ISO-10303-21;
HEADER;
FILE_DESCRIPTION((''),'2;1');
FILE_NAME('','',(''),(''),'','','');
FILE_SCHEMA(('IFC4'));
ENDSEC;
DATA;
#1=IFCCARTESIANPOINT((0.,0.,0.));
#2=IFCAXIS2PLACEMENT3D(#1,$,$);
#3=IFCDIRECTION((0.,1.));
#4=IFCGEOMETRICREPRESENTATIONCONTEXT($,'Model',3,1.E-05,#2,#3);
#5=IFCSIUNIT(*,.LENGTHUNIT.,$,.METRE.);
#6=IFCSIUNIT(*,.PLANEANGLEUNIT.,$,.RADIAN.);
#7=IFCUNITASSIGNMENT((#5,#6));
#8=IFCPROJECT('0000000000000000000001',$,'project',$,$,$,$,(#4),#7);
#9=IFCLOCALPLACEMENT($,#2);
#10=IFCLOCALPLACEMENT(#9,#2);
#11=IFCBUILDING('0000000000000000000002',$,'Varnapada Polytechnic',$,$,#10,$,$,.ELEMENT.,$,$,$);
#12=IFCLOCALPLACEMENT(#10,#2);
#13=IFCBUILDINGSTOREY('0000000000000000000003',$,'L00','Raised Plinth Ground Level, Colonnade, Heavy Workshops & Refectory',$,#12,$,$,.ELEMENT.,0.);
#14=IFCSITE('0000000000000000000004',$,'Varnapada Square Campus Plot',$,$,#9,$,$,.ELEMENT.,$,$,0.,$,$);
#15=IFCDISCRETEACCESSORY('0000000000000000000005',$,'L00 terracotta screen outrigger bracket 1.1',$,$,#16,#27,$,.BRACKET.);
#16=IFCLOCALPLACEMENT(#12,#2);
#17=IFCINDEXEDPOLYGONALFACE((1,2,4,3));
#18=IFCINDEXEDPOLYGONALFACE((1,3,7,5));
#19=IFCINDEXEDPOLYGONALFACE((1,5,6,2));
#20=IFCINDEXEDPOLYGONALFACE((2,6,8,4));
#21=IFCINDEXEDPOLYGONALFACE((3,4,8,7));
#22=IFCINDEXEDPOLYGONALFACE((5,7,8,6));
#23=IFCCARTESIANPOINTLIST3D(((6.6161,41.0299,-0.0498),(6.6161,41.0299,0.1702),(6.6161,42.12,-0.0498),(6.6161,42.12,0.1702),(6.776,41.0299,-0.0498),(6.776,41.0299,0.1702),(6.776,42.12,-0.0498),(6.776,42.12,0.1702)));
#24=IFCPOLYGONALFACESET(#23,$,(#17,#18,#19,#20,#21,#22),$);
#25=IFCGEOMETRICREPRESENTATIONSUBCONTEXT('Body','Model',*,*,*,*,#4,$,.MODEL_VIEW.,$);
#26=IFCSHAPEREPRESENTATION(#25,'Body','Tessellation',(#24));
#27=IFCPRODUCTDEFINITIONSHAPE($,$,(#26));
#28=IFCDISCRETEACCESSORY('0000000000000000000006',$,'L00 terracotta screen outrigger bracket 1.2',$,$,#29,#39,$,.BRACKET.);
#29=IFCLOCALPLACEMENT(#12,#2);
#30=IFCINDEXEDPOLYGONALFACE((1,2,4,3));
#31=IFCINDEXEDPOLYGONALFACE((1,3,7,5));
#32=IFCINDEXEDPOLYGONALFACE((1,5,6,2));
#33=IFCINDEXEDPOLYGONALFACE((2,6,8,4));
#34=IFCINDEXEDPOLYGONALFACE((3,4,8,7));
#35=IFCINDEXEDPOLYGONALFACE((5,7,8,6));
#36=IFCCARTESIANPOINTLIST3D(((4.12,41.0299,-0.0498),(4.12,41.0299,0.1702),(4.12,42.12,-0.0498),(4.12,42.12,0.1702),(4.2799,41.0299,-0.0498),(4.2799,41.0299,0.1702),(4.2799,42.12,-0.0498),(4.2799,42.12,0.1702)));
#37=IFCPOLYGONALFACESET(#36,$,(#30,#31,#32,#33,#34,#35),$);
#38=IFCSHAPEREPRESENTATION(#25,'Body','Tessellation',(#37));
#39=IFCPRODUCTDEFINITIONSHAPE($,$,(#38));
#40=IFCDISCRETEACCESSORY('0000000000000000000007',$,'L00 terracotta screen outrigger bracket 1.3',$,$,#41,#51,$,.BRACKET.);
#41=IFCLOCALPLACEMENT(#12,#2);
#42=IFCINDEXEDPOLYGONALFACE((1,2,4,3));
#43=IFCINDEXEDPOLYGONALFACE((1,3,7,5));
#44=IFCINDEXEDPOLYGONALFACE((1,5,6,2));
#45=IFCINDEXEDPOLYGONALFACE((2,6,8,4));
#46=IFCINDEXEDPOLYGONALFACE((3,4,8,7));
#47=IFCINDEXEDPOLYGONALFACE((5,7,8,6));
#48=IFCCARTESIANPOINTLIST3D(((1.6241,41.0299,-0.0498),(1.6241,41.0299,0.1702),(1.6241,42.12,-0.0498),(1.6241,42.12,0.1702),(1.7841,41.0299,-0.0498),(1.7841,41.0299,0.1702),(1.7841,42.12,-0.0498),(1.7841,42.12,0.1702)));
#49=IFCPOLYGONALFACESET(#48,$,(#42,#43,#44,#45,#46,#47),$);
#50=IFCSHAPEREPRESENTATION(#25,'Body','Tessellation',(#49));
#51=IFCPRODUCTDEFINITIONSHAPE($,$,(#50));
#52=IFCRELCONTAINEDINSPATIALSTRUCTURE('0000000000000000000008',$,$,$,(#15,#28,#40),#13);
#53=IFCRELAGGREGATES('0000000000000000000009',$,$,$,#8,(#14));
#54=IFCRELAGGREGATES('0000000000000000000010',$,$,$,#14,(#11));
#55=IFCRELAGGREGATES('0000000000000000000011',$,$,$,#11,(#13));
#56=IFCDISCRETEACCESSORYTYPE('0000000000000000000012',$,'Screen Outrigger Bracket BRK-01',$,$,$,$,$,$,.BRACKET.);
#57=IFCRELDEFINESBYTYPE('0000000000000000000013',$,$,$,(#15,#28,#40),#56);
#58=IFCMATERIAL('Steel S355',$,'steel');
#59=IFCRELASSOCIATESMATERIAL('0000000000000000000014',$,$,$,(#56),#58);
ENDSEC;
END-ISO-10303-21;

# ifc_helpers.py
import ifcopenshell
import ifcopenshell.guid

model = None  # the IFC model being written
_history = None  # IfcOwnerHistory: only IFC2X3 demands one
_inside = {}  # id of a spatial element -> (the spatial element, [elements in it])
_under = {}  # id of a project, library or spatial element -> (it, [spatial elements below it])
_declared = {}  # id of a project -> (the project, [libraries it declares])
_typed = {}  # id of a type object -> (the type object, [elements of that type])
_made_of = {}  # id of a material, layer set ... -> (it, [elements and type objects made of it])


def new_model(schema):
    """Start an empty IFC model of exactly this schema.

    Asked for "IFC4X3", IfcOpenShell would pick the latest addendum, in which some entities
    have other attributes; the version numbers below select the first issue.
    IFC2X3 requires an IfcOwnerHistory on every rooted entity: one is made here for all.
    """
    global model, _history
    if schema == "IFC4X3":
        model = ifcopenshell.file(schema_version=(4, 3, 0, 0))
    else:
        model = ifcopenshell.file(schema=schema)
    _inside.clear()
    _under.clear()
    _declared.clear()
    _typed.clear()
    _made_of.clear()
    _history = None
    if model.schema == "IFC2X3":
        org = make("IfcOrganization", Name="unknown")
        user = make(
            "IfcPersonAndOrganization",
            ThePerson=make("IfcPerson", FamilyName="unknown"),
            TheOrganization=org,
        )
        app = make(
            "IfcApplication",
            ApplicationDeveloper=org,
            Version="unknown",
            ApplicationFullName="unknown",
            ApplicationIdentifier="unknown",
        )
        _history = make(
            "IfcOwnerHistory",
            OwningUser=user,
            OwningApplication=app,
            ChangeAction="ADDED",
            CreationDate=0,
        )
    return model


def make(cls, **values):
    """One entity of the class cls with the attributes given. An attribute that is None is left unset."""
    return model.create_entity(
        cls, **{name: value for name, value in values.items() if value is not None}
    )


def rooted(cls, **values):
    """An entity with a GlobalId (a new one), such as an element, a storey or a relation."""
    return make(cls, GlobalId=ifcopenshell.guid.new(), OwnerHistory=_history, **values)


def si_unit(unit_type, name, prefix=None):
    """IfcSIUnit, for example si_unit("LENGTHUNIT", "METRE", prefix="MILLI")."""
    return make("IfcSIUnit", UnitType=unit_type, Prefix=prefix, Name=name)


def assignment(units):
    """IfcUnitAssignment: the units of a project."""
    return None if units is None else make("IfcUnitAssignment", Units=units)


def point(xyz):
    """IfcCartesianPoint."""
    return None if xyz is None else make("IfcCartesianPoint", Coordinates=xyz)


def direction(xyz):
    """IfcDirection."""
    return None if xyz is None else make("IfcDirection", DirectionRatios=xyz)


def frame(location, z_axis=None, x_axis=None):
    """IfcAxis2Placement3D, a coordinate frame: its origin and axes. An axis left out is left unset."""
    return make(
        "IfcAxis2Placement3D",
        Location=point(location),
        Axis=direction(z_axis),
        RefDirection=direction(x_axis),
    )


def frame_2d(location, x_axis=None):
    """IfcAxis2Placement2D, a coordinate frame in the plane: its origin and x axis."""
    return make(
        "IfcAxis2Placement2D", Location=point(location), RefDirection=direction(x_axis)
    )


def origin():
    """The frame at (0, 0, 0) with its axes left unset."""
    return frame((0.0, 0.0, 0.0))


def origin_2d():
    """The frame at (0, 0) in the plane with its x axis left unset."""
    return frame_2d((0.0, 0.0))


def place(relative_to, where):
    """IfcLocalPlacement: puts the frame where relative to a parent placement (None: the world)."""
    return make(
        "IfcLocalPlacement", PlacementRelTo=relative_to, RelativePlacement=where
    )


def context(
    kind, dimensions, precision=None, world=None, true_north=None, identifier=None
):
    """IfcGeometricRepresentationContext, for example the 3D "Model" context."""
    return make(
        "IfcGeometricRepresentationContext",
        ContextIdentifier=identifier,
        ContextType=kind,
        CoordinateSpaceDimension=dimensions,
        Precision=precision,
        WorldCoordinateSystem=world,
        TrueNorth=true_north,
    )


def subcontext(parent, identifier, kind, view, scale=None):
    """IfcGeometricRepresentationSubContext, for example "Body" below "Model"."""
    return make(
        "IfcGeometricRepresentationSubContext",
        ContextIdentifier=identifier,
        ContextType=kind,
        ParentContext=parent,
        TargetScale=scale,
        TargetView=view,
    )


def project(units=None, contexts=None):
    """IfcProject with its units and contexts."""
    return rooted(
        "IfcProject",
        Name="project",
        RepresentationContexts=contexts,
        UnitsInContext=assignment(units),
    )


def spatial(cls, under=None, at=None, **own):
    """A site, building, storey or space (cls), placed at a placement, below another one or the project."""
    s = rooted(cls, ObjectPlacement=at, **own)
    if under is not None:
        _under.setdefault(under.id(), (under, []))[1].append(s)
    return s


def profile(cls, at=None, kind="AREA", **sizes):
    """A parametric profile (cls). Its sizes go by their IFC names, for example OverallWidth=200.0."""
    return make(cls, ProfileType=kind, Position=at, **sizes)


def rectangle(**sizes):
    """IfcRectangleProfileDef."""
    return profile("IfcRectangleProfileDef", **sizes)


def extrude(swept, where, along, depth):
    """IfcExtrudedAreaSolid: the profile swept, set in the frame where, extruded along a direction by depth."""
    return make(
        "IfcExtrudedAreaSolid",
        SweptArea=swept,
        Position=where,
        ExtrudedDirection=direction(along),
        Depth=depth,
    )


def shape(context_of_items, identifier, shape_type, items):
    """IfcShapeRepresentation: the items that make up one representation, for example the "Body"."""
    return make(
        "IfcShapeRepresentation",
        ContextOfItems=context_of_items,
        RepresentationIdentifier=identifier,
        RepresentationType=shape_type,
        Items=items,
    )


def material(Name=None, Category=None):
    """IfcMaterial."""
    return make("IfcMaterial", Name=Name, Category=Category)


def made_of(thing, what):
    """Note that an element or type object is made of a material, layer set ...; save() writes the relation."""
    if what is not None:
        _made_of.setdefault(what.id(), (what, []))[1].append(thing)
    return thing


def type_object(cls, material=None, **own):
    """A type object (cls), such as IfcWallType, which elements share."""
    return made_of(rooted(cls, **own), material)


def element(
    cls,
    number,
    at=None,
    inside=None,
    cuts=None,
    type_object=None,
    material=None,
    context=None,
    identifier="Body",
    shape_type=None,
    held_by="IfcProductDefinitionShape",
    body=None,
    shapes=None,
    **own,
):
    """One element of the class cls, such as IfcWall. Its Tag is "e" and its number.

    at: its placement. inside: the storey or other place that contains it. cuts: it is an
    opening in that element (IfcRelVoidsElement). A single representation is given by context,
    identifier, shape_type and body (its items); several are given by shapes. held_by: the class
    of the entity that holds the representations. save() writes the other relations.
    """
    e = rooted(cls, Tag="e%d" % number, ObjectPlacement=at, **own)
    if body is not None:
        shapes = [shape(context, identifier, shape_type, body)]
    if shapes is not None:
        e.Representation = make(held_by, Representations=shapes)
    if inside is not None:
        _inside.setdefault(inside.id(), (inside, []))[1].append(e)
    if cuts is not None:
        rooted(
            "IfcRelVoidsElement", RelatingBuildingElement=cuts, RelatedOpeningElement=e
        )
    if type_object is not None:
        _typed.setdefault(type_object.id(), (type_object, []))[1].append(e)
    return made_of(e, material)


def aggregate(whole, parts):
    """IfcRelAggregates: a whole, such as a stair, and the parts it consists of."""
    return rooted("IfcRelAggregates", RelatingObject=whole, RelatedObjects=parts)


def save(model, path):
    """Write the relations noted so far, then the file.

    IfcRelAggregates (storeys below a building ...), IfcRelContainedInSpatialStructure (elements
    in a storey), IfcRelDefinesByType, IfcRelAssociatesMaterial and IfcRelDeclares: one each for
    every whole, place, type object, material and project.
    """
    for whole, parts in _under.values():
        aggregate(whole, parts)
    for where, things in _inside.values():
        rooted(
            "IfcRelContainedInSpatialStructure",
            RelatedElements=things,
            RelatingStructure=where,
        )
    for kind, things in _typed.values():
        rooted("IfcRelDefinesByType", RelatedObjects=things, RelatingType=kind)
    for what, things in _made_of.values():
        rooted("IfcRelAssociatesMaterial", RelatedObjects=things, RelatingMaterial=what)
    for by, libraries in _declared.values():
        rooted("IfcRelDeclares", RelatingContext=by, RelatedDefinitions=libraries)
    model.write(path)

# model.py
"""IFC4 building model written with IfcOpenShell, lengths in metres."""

from ifc_helpers import new_model, si_unit, direction, frame, origin, origin_2d, place, context, subcontext, project, spatial, rectangle, extrude, material, type_object, element, save


model = new_model("IFC4")

# Units and contexts
model_context = context("Model", 3, precision=1e-05, world=origin(), true_north=direction((0.0, 1.0)))
body_context = subcontext(model_context, "Body", "Model", "MODEL_VIEW")
ifc_project = project(units=[si_unit("LENGTHUNIT", "METRE"), si_unit("PLANEANGLEUNIT", "RADIAN")], contexts=[model_context])

# Site, building, storey
site_placement = place(None, origin())
site = spatial("IfcSite", under=ifc_project, at=site_placement, Name="Varnapada Square Campus Plot", CompositionType="ELEMENT", RefElevation=0.0)
building_placement = place(site_placement, origin())
building = spatial("IfcBuilding", under=site, at=building_placement, Name="Varnapada Polytechnic", CompositionType="ELEMENT")
storey_placement = place(building_placement, origin())
storey = spatial("IfcBuildingStorey", under=building, at=storey_placement, Name="L00", Description="Raised Plinth Ground Level, Colonnade, Heavy Workshops & Refectory", CompositionType="ELEMENT", Elevation=0.0)

# Discrete accessories
ifc_material_1 = material(Name="Steel S355", Category="steel")
discrete_accessory_type = type_object("IfcDiscreteAccessoryType", Name="Screen Outrigger Bracket BRK-01", PredefinedType="BRACKET", material=ifc_material_1)
for number, where, z_axis, x_axis, name in (
    (1, (6.696, 41.575, -0.0498), (0.0, 0.0, 1.0), (-1.0, 0.0, 0.0), "L00 terracotta screen outrigger bracket 1.1"),
    (2, (4.2, 41.575, -0.0498), (0.0, 0.0, 1.0), (-1.0, 0.0, 0.0), "L00 terracotta screen outrigger bracket 1.2"),
    (3, (1.7041, 41.575, -0.0498), (0.0, 0.0, 1.0), (-1.0, 0.0, 0.0), "L00 terracotta screen outrigger bracket 1.3"),
):
    element("IfcDiscreteAccessory", number, at=place(storey_placement, frame(where, z_axis=z_axis, x_axis=x_axis)), inside=storey, type_object=discrete_accessory_type, Name=name, PredefinedType="BRACKET", context=body_context, shape_type="SweptSolid", body=[
        extrude(rectangle(XDim=0.1599, YDim=1.0901, at=origin_2d()), origin(), (0.0, 0.0, 1.0), 0.22),
    ])

save(model, "model.ifc")
